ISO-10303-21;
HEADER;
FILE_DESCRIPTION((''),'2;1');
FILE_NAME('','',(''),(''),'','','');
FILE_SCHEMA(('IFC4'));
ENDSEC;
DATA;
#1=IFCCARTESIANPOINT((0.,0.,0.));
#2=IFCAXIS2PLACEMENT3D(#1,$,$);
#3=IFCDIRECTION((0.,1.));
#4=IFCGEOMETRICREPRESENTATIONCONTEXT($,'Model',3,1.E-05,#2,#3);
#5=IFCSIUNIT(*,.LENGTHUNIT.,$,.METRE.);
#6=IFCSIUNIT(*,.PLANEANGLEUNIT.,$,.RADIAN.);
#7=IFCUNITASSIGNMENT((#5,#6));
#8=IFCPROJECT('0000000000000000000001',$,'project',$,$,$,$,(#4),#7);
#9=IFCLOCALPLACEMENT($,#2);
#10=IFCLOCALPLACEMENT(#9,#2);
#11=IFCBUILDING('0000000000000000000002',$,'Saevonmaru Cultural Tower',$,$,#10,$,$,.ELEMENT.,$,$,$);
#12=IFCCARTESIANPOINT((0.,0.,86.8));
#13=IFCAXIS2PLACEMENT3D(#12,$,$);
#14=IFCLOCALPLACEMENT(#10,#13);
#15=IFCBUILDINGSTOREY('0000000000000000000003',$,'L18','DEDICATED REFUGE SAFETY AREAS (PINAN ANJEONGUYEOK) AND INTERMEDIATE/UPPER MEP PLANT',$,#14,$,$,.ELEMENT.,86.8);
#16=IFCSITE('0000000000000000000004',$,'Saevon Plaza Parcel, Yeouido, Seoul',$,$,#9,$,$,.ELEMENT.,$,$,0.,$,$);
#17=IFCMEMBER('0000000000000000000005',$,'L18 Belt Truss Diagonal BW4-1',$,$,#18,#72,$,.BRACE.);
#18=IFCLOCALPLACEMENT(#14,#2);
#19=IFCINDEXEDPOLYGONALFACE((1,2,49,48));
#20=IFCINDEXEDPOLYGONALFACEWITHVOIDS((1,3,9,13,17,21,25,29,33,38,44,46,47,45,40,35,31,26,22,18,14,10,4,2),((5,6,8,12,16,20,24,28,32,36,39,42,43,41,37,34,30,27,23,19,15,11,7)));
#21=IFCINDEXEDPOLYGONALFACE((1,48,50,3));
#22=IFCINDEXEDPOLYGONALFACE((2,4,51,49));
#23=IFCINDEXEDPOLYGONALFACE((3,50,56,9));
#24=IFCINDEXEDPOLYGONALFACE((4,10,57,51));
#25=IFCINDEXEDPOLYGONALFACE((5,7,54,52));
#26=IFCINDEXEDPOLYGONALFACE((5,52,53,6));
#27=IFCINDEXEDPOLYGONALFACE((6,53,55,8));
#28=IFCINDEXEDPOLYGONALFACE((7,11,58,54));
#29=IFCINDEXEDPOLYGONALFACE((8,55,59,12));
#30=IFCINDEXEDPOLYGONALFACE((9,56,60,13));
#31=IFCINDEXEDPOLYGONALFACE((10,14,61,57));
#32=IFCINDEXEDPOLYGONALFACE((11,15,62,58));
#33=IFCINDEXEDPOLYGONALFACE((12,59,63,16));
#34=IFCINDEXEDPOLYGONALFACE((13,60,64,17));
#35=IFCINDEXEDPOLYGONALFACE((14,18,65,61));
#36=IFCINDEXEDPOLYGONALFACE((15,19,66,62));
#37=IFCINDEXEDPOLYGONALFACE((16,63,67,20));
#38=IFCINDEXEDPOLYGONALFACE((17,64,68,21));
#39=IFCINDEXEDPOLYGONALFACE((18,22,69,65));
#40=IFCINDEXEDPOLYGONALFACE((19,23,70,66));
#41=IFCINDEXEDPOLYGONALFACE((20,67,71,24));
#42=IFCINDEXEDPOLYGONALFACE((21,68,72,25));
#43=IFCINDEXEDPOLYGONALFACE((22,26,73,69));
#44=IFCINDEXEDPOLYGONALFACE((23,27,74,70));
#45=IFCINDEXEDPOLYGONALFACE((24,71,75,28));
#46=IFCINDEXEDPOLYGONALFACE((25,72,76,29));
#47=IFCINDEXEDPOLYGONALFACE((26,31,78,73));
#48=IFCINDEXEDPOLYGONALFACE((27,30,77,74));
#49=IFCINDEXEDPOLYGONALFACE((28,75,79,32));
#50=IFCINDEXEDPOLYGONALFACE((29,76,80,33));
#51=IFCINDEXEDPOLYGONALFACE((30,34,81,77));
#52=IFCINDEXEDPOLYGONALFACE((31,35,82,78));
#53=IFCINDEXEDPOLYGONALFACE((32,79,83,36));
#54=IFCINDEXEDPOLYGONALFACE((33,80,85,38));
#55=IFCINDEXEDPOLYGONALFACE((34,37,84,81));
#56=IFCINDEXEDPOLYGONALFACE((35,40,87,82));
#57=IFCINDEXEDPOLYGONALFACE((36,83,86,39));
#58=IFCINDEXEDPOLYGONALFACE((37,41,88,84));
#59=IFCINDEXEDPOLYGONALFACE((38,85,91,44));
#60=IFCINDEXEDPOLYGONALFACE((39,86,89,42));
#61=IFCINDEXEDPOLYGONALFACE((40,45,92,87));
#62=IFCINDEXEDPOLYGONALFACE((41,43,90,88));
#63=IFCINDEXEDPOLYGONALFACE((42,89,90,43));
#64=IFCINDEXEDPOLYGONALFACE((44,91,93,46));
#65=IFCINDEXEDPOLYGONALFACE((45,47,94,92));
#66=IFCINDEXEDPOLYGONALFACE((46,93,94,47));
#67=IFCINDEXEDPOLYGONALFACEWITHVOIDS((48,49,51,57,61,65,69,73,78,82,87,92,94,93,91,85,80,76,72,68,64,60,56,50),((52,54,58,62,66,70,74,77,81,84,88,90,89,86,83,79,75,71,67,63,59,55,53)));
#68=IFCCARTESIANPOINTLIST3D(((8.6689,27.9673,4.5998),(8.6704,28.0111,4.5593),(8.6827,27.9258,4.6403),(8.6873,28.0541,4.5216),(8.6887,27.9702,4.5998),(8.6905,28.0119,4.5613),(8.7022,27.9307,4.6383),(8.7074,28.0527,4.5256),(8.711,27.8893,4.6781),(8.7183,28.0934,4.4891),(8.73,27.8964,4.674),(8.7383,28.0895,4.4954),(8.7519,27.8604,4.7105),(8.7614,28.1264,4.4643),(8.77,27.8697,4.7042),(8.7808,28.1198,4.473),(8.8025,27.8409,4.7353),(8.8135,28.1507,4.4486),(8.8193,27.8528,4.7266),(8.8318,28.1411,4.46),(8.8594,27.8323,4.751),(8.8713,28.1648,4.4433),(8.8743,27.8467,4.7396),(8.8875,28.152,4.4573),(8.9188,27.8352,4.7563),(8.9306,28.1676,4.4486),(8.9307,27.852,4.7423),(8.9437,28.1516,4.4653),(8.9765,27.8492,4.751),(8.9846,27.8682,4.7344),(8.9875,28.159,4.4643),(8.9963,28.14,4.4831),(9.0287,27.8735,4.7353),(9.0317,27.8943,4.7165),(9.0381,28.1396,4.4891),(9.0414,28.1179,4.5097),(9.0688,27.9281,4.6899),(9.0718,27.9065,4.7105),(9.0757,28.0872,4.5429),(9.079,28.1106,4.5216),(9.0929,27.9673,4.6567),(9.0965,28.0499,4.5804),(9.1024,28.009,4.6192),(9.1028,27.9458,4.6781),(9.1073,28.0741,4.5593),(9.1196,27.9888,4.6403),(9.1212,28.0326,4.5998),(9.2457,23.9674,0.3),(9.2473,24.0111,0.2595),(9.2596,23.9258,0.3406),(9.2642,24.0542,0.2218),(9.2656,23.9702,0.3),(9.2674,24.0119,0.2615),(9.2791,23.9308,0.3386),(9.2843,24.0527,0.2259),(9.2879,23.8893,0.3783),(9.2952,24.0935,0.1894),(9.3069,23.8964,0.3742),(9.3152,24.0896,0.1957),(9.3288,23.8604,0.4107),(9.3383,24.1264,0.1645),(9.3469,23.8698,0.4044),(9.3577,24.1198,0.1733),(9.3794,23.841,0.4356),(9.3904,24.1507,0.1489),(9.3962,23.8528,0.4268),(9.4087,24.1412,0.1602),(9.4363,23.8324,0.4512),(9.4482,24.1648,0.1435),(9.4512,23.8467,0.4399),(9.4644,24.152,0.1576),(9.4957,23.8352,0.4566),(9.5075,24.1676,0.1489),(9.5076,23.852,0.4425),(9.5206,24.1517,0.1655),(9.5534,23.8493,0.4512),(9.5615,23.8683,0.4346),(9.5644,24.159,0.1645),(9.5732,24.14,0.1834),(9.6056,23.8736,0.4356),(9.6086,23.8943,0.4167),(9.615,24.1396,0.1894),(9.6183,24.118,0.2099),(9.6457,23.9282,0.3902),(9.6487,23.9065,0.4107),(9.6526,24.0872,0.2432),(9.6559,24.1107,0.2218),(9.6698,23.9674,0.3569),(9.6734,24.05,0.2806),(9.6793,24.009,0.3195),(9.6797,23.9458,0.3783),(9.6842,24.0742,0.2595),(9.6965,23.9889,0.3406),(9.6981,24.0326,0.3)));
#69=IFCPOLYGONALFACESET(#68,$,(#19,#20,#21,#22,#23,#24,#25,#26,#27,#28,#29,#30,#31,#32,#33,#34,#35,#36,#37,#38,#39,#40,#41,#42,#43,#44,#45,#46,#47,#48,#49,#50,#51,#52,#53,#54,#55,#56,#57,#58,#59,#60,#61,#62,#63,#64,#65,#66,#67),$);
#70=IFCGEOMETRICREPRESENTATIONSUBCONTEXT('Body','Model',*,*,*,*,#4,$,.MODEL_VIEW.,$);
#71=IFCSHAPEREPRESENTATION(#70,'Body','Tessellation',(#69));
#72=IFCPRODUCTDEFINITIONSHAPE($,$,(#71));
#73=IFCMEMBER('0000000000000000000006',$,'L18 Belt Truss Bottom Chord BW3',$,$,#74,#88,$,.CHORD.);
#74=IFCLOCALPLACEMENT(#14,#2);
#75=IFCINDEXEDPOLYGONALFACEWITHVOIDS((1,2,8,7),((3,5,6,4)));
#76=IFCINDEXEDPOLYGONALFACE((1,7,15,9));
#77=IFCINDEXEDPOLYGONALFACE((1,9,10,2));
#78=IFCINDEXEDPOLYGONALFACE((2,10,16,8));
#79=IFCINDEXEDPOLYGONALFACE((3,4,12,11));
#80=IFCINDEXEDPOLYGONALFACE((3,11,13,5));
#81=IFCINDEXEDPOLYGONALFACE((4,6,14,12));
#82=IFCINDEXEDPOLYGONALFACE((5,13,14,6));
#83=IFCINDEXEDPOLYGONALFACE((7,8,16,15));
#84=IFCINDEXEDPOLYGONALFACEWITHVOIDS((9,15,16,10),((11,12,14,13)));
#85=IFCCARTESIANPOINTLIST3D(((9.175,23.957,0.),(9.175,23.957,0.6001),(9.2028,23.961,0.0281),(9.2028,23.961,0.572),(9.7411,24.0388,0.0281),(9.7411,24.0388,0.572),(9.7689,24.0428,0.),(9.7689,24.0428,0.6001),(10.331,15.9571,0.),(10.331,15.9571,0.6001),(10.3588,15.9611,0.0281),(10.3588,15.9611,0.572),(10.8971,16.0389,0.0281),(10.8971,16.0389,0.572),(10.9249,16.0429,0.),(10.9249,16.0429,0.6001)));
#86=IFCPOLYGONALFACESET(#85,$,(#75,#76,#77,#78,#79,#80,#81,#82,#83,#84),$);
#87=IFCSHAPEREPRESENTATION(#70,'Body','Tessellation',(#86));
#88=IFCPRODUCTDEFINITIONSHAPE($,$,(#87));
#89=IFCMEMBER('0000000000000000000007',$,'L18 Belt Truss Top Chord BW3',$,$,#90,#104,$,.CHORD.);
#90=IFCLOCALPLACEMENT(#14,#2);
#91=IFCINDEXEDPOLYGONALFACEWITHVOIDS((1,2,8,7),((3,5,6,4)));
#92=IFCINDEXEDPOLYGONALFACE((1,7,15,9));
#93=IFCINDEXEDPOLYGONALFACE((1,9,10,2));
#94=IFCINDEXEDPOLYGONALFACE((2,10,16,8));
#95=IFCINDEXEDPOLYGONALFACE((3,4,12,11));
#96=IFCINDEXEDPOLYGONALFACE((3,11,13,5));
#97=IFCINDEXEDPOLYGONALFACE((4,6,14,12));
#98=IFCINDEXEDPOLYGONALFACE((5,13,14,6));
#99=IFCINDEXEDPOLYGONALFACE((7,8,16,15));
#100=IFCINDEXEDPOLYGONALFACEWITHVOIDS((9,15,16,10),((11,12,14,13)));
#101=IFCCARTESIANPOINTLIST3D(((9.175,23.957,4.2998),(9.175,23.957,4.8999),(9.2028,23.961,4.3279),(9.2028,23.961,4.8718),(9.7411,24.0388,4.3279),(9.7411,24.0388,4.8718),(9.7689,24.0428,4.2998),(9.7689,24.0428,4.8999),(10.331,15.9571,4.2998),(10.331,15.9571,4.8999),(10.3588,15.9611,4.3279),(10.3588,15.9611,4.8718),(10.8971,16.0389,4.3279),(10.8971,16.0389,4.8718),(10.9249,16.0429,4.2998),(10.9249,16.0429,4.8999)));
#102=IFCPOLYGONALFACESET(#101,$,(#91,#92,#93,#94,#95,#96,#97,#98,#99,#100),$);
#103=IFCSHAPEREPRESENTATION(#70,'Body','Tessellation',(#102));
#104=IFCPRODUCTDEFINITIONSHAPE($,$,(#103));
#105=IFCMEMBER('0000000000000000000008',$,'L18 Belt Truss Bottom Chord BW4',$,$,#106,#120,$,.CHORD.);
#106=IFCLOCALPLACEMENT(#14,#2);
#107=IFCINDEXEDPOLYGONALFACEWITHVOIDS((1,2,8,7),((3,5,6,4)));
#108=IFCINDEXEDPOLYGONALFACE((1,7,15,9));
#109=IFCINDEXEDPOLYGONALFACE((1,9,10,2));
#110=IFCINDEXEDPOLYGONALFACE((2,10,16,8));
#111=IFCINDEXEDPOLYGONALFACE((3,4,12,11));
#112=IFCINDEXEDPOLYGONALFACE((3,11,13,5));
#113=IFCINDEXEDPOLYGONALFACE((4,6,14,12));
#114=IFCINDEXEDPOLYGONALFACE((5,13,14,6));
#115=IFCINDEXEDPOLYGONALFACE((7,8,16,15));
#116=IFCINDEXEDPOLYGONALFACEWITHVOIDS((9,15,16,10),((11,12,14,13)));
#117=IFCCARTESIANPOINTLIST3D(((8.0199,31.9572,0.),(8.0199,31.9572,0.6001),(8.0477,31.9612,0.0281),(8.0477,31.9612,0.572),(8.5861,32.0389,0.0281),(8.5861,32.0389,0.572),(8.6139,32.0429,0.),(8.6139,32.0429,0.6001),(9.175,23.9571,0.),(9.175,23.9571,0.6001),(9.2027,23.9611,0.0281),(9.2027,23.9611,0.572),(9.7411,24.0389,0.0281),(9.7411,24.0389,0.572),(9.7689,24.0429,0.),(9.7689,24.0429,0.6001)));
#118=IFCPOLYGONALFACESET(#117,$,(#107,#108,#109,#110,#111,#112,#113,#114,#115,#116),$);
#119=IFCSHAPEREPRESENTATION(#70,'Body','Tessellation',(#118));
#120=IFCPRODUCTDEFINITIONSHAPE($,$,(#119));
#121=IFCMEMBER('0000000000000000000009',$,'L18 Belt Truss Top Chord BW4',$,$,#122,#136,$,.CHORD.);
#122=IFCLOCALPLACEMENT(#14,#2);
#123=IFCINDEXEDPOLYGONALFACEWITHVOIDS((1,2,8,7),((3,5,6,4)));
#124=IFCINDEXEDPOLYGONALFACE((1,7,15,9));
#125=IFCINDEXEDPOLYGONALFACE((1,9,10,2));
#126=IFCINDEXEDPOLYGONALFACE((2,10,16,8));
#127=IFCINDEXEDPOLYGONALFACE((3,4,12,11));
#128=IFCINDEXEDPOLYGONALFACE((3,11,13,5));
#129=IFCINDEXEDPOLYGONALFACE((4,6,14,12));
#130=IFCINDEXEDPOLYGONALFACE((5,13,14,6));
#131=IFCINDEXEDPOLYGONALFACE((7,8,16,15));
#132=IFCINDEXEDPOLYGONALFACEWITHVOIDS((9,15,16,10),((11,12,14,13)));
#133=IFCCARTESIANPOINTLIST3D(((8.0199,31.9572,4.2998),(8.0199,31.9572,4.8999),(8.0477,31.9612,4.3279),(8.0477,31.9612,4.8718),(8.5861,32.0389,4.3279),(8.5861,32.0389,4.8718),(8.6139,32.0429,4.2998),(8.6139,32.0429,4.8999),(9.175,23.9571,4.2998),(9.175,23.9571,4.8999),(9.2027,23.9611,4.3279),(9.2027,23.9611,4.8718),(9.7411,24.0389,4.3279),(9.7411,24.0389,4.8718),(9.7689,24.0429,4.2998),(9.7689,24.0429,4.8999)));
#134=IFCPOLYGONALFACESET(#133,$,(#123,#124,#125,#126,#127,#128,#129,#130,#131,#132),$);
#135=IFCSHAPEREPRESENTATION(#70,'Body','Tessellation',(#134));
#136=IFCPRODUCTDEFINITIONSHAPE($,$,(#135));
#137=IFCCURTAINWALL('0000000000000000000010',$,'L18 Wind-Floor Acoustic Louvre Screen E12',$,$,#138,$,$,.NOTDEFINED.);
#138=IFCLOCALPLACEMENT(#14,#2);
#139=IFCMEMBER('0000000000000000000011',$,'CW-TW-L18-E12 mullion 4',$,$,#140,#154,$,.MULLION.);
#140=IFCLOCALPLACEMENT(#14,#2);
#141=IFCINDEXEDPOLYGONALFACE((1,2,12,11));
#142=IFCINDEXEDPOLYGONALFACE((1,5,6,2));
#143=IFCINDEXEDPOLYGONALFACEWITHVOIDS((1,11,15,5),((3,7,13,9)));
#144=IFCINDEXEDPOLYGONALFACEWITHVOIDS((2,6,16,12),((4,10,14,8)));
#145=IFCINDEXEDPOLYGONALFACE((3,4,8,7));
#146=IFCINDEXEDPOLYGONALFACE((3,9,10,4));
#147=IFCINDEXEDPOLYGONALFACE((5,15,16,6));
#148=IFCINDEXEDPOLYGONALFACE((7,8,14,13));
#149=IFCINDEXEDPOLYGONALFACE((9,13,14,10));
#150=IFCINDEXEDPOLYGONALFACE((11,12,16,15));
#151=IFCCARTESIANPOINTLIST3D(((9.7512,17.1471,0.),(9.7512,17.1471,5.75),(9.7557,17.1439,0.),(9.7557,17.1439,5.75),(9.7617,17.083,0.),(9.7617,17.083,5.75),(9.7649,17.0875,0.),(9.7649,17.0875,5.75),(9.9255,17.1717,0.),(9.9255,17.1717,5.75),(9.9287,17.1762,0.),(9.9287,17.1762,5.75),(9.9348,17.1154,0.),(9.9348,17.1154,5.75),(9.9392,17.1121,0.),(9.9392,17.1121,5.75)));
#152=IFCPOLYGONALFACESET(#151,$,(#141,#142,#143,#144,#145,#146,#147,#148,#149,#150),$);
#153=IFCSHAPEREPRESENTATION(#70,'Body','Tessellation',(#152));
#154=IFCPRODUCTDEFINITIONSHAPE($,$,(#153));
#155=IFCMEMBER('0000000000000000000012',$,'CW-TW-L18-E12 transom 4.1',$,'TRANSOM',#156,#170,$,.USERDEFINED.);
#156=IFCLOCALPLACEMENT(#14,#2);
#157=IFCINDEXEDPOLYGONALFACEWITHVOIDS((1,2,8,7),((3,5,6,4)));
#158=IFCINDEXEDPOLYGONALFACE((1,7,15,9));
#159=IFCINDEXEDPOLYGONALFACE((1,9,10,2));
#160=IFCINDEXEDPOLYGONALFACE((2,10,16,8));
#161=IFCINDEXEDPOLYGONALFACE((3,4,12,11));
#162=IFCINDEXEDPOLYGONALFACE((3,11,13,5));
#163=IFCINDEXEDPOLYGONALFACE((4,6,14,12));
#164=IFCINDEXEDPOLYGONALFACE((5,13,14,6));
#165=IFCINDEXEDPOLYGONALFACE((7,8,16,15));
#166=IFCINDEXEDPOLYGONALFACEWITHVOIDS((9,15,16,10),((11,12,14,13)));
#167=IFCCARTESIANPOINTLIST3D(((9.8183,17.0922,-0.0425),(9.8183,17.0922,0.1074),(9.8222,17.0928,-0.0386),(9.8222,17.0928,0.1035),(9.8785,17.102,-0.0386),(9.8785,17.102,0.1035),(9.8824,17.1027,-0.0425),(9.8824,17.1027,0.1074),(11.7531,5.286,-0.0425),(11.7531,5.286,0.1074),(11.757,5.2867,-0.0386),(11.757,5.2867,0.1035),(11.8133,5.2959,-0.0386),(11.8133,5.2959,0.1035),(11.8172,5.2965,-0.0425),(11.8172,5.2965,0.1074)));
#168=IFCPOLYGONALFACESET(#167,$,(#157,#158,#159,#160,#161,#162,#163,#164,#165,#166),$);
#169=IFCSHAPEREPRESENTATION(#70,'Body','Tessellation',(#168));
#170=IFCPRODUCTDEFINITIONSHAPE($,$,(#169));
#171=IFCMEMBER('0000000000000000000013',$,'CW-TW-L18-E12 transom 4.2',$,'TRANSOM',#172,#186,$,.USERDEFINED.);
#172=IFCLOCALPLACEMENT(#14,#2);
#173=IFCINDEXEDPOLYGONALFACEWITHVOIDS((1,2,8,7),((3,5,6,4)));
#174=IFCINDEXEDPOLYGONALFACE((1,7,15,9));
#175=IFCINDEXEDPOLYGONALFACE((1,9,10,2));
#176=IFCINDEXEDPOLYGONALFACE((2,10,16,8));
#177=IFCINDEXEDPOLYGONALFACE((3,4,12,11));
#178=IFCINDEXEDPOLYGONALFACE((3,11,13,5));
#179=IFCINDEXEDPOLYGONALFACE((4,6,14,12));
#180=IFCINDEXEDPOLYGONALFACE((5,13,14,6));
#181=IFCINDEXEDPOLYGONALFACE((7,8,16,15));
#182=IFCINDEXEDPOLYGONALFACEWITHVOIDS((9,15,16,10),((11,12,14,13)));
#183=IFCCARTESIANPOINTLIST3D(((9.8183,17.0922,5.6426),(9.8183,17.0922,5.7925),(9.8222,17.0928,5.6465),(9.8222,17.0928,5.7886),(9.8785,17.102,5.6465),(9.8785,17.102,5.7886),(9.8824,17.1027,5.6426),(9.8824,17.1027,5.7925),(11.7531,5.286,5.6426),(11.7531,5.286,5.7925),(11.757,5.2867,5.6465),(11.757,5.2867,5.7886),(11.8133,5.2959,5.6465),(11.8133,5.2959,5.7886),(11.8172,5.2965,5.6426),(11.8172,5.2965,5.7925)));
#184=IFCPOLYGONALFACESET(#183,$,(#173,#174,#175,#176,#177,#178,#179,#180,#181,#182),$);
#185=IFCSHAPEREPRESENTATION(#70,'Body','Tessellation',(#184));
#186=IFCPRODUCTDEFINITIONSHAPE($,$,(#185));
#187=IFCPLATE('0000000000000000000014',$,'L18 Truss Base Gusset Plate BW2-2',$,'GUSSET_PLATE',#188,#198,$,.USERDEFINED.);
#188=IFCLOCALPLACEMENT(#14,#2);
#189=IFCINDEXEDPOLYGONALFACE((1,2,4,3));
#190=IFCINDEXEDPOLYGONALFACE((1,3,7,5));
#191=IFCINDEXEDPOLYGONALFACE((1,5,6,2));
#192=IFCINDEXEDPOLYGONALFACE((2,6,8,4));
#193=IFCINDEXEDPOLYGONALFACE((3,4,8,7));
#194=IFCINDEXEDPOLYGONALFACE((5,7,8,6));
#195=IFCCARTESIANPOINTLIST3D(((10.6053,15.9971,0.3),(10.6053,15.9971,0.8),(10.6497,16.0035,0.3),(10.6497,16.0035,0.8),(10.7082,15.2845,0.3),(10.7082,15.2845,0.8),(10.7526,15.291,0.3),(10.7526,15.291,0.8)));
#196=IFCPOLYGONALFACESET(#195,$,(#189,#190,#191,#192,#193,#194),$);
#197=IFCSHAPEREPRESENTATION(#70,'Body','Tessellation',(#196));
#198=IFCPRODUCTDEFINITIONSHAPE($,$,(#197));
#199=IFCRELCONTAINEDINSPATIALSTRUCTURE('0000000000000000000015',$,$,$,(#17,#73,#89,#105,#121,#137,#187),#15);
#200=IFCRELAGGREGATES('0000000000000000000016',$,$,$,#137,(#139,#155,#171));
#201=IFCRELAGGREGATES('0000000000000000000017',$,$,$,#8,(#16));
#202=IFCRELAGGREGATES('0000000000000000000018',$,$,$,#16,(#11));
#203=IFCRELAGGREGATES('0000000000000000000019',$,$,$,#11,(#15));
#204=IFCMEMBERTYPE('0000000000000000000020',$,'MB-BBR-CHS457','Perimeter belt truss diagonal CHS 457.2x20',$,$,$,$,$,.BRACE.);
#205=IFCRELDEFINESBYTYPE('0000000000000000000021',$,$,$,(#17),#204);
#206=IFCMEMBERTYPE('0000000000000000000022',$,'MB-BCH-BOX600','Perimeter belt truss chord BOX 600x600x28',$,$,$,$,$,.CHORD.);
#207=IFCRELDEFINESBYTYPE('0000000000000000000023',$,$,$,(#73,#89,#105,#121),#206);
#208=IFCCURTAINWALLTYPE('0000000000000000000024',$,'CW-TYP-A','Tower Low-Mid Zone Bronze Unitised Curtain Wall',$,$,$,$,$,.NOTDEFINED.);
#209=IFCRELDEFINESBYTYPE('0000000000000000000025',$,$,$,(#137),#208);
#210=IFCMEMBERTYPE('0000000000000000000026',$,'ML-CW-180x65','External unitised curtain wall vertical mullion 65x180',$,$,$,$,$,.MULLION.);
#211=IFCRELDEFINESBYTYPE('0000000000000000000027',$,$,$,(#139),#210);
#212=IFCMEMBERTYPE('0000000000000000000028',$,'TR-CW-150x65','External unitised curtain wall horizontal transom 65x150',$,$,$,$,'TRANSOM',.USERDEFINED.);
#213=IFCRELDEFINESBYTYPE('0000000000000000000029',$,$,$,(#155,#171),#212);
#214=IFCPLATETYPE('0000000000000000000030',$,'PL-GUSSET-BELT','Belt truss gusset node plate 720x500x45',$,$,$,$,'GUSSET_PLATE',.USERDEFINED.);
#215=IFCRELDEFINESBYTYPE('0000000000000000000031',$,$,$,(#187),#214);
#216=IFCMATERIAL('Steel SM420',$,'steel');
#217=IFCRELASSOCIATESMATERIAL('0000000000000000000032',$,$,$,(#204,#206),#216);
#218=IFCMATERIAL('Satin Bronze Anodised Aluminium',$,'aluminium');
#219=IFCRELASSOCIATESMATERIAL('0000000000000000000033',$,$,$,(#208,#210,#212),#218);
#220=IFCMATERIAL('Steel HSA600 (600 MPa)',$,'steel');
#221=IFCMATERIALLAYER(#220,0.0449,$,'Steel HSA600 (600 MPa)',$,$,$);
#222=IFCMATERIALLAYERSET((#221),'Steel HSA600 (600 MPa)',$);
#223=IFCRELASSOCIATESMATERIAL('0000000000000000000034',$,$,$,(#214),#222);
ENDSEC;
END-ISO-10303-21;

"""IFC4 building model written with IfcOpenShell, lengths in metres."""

from ifc_helpers import new_model, si_unit, direction, frame, origin, origin_2d, place, context, subcontext, project, spatial, rectangle, hollow_rectangle, hollow_circle, extrude, material, layer, layer_set, material_profile, profile_set, type_object, element, aggregate, save


model = new_model("IFC4")

# Units and contexts
model_context = context("Model", 3, precision=1e-05, world=origin(), true_north=direction((0.0, 1.0)))
body_context = subcontext(model_context, "Body", "Model", "MODEL_VIEW")
ifc_project = project(units=[si_unit("LENGTHUNIT", "METRE"), si_unit("PLANEANGLEUNIT", "RADIAN")], contexts=[model_context])

# Site, building, storey
site_placement = place(None, origin())
site = spatial("IfcSite", under=ifc_project, at=site_placement, Name="Saevon Plaza Parcel, Yeouido, Seoul", CompositionType="ELEMENT", RefElevation=0.0)
building_placement = place(site_placement, origin())
building = spatial("IfcBuilding", under=site, at=building_placement, Name="Saevonmaru Cultural Tower", CompositionType="ELEMENT")
storey_placement = place(building_placement, frame((0.0, 0.0, 86.8)))
storey = spatial("IfcBuildingStorey", under=building, at=storey_placement, Name="L18", Description="DEDICATED REFUGE SAFETY AREAS (PINAN ANJEONGUYEOK) AND INTERMEDIATE/UPPER MEP PLANT", CompositionType="ELEMENT", Elevation=86.8)

# Shared definitions
ifc_material_1 = material(Name="Steel HSA600 (600 MPa)", Category="steel")
ifc_material_2 = material(Name="Steel SM420", Category="steel")

# Members
ifc_material_profile_1 = material_profile(ifc_material_2, hollow_circle(Radius=0.2285, WallThickness=0.02, at=origin_2d()), Name="CHS-457.2x20")
ifc_profile_set_1 = profile_set([ifc_material_profile_1], Name="Steel SM420")
member_type_1 = type_object("IfcMemberType", Name="MB-BBR-CHS457", Description="Perimeter belt truss diagonal CHS 457.2x20", PredefinedType="BRACE", material=ifc_profile_set_1)
member_1_placement = place(storey_placement, frame((9.4719, 24.0, 0.3), z_axis=(-0.097765, 0.677858, 0.728664), x_axis=(-0.989759, -0.142749, 0.0)))
element("IfcMember", 1, at=member_1_placement, inside=storey, type_object=member_type_1, Name="L18 Belt Truss Diagonal BW4-1", PredefinedType="BRACE", context=body_context, shape_type="SweptSolid", body=[
    extrude(hollow_circle(Radius=0.2285, WallThickness=0.02, at=origin_2d()), origin(), (0.0, 0.0, 1.0), 5.9009),
])
ifc_material_profile_2 = material_profile(ifc_material_2, hollow_rectangle(XDim=0.6001, YDim=0.6001, WallThickness=0.0281, at=origin_2d()), Name="BOX-600x600x28")
ifc_profile_set_2 = profile_set([ifc_material_profile_2], Name="Steel SM420")
member_type_2 = type_object("IfcMemberType", Name="MB-BCH-BOX600", Description="Perimeter belt truss chord BOX 600x600x28", PredefinedType="CHORD", material=ifc_profile_set_2)
for number, where, z_axis, x_axis, name in (
    (2, (10.6279, 16.0, 0.3), (-0.143015, 0.98972, 0.0), (-0.98972, -0.143015, 0.0), "L18 Belt Truss Bottom Chord BW3"),
    (3, (10.6279, 16.0, 4.5999), (-0.143015, 0.98972, 0.0), (-0.98972, -0.143015, 0.0), "L18 Belt Truss Top Chord BW3"),
    (4, (9.4719, 24.0, 0.3), (-0.142897, 0.989738, 0.0), (-0.989738, -0.142897, 0.0), "L18 Belt Truss Bottom Chord BW4"),
    (5, (9.4719, 24.0, 4.5999), (-0.142897, 0.989738, 0.0), (-0.989738, -0.142897, 0.0), "L18 Belt Truss Top Chord BW4"),
):
    element("IfcMember", number, at=place(storey_placement, frame(where, z_axis=z_axis, x_axis=x_axis)), inside=storey, type_object=member_type_2, Name=name, PredefinedType="CHORD", context=body_context, shape_type="SweptSolid", body=[
        extrude(hollow_rectangle(XDim=0.6001, YDim=0.6001, WallThickness=0.0281, at=origin_2d()), origin(), (0.0, 0.0, 1.0), 8.083),
    ])

# Curtain wall, members
ifc_material_3 = material(Name="Satin Bronze Anodised Aluminium", Category="aluminium")
curtain_wall_type = type_object("IfcCurtainWallType", Name="CW-TYP-A", Description="Tower Low-Mid Zone Bronze Unitised Curtain Wall", PredefinedType="NOTDEFINED", material=ifc_material_3)
curtain_wall_placement = place(storey_placement, origin())
curtain_wall = element("IfcCurtainWall", 6, at=curtain_wall_placement, inside=storey, type_object=curtain_wall_type, Name="L18 Wind-Floor Acoustic Louvre Screen E12", PredefinedType="NOTDEFINED")
ifc_material_profile_3 = material_profile(ifc_material_3, hollow_rectangle(XDim=0.0649, YDim=0.1799, WallThickness=0.0039, at=origin_2d()), Name="ALU-MULL-180x65x4")
ifc_profile_set_3 = profile_set([ifc_material_profile_3], Name="Satin Bronze Anodised Aluminium")
member_type_3 = type_object("IfcMemberType", Name="ML-CW-180x65", Description="External unitised curtain wall vertical mullion 65x180", PredefinedType="MULLION", material=ifc_profile_set_3)
member_2_placement = place(storey_placement, frame((9.8452, 17.1296, 0.0), z_axis=(0.0, 0.0, 1.0), x_axis=(0.161709, -0.986839, 0.0)))
member_2 = element("IfcMember", 7, at=member_2_placement, type_object=member_type_3, Name="CW-TW-L18-E12 mullion 4", PredefinedType="MULLION", context=body_context, shape_type="SweptSolid", body=[
    extrude(hollow_rectangle(XDim=0.0649, YDim=0.1799, WallThickness=0.0039, at=origin_2d()), origin(), (0.0, 0.0, 1.0), 5.75),
])
ifc_material_profile_4 = material_profile(ifc_material_3, hollow_rectangle(XDim=0.0649, YDim=0.1499, WallThickness=0.0039, at=origin_2d()), Name="ALU-TRAN-150x65x4")
ifc_profile_set_4 = profile_set([ifc_material_profile_4], Name="Satin Bronze Anodised Aluminium")
member_type_4 = type_object("IfcMemberType", Name="TR-CW-150x65", Description="External unitised curtain wall horizontal transom 65x150", ElementType="TRANSOM", PredefinedType="USERDEFINED", material=ifc_profile_set_4)
member_3_placement = place(storey_placement, frame((9.8503, 17.0974, 0.0325), z_axis=(0.161725, -0.986836, 0.0), x_axis=(0.986836, 0.161725, 0.0)))
member_3 = element("IfcMember", 8, at=member_3_placement, type_object=member_type_4, Name="CW-TW-L18-E12 transom 4.1", ObjectType="TRANSOM", PredefinedType="USERDEFINED", context=body_context, shape_type="SweptSolid", body=[
    extrude(hollow_rectangle(XDim=0.0649, YDim=0.1499, WallThickness=0.0039, at=origin_2d()), origin(), (0.0, 0.0, 1.0), 11.9636),
])
member_4_placement = place(storey_placement, frame((9.8503, 17.0974, 5.7175), z_axis=(0.161725, -0.986836, 0.0), x_axis=(0.986836, 0.161725, 0.0)))
member_4 = element("IfcMember", 9, at=member_4_placement, type_object=member_type_4, Name="CW-TW-L18-E12 transom 4.2", ObjectType="TRANSOM", PredefinedType="USERDEFINED", context=body_context, shape_type="SweptSolid", body=[
    extrude(hollow_rectangle(XDim=0.0649, YDim=0.1499, WallThickness=0.0039, at=origin_2d()), origin(), (0.0, 0.0, 1.0), 11.9636),
])

# Plate
ifc_layer_1 = layer(ifc_material_1, 0.0449, Name="Steel HSA600 (600 MPa)")
ifc_layer_set_1 = layer_set([ifc_layer_1], Name="Steel HSA600 (600 MPa)")
plate_type_1 = type_object("IfcPlateType", Name="PL-GUSSET-BELT", Description="Belt truss gusset node plate 720x500x45", ElementType="GUSSET_PLATE", PredefinedType="USERDEFINED", material=ifc_layer_set_1)
for number, where, z_axis, x_axis, name in (
    (10, (10.679, 15.644, 0.3), (0.0, 0.0, 1.0), (-0.142888, 0.989739, 0.0), "L18 Truss Base Gusset Plate BW2-2"),
):
    element("IfcPlate", number, at=place(storey_placement, frame(where, z_axis=z_axis, x_axis=x_axis)), inside=storey, type_object=plate_type_1, Name=name, ObjectType="GUSSET_PLATE", PredefinedType="USERDEFINED", context=body_context, shape_type="SweptSolid", body=[
        extrude(rectangle(XDim=0.72, YDim=0.0449, at=origin_2d()), origin(), (0.0, 0.0, 1.0), 0.5),
    ])

aggregate(curtain_wall, [member_2, member_3, member_4])

save(model, "model.ifc")
